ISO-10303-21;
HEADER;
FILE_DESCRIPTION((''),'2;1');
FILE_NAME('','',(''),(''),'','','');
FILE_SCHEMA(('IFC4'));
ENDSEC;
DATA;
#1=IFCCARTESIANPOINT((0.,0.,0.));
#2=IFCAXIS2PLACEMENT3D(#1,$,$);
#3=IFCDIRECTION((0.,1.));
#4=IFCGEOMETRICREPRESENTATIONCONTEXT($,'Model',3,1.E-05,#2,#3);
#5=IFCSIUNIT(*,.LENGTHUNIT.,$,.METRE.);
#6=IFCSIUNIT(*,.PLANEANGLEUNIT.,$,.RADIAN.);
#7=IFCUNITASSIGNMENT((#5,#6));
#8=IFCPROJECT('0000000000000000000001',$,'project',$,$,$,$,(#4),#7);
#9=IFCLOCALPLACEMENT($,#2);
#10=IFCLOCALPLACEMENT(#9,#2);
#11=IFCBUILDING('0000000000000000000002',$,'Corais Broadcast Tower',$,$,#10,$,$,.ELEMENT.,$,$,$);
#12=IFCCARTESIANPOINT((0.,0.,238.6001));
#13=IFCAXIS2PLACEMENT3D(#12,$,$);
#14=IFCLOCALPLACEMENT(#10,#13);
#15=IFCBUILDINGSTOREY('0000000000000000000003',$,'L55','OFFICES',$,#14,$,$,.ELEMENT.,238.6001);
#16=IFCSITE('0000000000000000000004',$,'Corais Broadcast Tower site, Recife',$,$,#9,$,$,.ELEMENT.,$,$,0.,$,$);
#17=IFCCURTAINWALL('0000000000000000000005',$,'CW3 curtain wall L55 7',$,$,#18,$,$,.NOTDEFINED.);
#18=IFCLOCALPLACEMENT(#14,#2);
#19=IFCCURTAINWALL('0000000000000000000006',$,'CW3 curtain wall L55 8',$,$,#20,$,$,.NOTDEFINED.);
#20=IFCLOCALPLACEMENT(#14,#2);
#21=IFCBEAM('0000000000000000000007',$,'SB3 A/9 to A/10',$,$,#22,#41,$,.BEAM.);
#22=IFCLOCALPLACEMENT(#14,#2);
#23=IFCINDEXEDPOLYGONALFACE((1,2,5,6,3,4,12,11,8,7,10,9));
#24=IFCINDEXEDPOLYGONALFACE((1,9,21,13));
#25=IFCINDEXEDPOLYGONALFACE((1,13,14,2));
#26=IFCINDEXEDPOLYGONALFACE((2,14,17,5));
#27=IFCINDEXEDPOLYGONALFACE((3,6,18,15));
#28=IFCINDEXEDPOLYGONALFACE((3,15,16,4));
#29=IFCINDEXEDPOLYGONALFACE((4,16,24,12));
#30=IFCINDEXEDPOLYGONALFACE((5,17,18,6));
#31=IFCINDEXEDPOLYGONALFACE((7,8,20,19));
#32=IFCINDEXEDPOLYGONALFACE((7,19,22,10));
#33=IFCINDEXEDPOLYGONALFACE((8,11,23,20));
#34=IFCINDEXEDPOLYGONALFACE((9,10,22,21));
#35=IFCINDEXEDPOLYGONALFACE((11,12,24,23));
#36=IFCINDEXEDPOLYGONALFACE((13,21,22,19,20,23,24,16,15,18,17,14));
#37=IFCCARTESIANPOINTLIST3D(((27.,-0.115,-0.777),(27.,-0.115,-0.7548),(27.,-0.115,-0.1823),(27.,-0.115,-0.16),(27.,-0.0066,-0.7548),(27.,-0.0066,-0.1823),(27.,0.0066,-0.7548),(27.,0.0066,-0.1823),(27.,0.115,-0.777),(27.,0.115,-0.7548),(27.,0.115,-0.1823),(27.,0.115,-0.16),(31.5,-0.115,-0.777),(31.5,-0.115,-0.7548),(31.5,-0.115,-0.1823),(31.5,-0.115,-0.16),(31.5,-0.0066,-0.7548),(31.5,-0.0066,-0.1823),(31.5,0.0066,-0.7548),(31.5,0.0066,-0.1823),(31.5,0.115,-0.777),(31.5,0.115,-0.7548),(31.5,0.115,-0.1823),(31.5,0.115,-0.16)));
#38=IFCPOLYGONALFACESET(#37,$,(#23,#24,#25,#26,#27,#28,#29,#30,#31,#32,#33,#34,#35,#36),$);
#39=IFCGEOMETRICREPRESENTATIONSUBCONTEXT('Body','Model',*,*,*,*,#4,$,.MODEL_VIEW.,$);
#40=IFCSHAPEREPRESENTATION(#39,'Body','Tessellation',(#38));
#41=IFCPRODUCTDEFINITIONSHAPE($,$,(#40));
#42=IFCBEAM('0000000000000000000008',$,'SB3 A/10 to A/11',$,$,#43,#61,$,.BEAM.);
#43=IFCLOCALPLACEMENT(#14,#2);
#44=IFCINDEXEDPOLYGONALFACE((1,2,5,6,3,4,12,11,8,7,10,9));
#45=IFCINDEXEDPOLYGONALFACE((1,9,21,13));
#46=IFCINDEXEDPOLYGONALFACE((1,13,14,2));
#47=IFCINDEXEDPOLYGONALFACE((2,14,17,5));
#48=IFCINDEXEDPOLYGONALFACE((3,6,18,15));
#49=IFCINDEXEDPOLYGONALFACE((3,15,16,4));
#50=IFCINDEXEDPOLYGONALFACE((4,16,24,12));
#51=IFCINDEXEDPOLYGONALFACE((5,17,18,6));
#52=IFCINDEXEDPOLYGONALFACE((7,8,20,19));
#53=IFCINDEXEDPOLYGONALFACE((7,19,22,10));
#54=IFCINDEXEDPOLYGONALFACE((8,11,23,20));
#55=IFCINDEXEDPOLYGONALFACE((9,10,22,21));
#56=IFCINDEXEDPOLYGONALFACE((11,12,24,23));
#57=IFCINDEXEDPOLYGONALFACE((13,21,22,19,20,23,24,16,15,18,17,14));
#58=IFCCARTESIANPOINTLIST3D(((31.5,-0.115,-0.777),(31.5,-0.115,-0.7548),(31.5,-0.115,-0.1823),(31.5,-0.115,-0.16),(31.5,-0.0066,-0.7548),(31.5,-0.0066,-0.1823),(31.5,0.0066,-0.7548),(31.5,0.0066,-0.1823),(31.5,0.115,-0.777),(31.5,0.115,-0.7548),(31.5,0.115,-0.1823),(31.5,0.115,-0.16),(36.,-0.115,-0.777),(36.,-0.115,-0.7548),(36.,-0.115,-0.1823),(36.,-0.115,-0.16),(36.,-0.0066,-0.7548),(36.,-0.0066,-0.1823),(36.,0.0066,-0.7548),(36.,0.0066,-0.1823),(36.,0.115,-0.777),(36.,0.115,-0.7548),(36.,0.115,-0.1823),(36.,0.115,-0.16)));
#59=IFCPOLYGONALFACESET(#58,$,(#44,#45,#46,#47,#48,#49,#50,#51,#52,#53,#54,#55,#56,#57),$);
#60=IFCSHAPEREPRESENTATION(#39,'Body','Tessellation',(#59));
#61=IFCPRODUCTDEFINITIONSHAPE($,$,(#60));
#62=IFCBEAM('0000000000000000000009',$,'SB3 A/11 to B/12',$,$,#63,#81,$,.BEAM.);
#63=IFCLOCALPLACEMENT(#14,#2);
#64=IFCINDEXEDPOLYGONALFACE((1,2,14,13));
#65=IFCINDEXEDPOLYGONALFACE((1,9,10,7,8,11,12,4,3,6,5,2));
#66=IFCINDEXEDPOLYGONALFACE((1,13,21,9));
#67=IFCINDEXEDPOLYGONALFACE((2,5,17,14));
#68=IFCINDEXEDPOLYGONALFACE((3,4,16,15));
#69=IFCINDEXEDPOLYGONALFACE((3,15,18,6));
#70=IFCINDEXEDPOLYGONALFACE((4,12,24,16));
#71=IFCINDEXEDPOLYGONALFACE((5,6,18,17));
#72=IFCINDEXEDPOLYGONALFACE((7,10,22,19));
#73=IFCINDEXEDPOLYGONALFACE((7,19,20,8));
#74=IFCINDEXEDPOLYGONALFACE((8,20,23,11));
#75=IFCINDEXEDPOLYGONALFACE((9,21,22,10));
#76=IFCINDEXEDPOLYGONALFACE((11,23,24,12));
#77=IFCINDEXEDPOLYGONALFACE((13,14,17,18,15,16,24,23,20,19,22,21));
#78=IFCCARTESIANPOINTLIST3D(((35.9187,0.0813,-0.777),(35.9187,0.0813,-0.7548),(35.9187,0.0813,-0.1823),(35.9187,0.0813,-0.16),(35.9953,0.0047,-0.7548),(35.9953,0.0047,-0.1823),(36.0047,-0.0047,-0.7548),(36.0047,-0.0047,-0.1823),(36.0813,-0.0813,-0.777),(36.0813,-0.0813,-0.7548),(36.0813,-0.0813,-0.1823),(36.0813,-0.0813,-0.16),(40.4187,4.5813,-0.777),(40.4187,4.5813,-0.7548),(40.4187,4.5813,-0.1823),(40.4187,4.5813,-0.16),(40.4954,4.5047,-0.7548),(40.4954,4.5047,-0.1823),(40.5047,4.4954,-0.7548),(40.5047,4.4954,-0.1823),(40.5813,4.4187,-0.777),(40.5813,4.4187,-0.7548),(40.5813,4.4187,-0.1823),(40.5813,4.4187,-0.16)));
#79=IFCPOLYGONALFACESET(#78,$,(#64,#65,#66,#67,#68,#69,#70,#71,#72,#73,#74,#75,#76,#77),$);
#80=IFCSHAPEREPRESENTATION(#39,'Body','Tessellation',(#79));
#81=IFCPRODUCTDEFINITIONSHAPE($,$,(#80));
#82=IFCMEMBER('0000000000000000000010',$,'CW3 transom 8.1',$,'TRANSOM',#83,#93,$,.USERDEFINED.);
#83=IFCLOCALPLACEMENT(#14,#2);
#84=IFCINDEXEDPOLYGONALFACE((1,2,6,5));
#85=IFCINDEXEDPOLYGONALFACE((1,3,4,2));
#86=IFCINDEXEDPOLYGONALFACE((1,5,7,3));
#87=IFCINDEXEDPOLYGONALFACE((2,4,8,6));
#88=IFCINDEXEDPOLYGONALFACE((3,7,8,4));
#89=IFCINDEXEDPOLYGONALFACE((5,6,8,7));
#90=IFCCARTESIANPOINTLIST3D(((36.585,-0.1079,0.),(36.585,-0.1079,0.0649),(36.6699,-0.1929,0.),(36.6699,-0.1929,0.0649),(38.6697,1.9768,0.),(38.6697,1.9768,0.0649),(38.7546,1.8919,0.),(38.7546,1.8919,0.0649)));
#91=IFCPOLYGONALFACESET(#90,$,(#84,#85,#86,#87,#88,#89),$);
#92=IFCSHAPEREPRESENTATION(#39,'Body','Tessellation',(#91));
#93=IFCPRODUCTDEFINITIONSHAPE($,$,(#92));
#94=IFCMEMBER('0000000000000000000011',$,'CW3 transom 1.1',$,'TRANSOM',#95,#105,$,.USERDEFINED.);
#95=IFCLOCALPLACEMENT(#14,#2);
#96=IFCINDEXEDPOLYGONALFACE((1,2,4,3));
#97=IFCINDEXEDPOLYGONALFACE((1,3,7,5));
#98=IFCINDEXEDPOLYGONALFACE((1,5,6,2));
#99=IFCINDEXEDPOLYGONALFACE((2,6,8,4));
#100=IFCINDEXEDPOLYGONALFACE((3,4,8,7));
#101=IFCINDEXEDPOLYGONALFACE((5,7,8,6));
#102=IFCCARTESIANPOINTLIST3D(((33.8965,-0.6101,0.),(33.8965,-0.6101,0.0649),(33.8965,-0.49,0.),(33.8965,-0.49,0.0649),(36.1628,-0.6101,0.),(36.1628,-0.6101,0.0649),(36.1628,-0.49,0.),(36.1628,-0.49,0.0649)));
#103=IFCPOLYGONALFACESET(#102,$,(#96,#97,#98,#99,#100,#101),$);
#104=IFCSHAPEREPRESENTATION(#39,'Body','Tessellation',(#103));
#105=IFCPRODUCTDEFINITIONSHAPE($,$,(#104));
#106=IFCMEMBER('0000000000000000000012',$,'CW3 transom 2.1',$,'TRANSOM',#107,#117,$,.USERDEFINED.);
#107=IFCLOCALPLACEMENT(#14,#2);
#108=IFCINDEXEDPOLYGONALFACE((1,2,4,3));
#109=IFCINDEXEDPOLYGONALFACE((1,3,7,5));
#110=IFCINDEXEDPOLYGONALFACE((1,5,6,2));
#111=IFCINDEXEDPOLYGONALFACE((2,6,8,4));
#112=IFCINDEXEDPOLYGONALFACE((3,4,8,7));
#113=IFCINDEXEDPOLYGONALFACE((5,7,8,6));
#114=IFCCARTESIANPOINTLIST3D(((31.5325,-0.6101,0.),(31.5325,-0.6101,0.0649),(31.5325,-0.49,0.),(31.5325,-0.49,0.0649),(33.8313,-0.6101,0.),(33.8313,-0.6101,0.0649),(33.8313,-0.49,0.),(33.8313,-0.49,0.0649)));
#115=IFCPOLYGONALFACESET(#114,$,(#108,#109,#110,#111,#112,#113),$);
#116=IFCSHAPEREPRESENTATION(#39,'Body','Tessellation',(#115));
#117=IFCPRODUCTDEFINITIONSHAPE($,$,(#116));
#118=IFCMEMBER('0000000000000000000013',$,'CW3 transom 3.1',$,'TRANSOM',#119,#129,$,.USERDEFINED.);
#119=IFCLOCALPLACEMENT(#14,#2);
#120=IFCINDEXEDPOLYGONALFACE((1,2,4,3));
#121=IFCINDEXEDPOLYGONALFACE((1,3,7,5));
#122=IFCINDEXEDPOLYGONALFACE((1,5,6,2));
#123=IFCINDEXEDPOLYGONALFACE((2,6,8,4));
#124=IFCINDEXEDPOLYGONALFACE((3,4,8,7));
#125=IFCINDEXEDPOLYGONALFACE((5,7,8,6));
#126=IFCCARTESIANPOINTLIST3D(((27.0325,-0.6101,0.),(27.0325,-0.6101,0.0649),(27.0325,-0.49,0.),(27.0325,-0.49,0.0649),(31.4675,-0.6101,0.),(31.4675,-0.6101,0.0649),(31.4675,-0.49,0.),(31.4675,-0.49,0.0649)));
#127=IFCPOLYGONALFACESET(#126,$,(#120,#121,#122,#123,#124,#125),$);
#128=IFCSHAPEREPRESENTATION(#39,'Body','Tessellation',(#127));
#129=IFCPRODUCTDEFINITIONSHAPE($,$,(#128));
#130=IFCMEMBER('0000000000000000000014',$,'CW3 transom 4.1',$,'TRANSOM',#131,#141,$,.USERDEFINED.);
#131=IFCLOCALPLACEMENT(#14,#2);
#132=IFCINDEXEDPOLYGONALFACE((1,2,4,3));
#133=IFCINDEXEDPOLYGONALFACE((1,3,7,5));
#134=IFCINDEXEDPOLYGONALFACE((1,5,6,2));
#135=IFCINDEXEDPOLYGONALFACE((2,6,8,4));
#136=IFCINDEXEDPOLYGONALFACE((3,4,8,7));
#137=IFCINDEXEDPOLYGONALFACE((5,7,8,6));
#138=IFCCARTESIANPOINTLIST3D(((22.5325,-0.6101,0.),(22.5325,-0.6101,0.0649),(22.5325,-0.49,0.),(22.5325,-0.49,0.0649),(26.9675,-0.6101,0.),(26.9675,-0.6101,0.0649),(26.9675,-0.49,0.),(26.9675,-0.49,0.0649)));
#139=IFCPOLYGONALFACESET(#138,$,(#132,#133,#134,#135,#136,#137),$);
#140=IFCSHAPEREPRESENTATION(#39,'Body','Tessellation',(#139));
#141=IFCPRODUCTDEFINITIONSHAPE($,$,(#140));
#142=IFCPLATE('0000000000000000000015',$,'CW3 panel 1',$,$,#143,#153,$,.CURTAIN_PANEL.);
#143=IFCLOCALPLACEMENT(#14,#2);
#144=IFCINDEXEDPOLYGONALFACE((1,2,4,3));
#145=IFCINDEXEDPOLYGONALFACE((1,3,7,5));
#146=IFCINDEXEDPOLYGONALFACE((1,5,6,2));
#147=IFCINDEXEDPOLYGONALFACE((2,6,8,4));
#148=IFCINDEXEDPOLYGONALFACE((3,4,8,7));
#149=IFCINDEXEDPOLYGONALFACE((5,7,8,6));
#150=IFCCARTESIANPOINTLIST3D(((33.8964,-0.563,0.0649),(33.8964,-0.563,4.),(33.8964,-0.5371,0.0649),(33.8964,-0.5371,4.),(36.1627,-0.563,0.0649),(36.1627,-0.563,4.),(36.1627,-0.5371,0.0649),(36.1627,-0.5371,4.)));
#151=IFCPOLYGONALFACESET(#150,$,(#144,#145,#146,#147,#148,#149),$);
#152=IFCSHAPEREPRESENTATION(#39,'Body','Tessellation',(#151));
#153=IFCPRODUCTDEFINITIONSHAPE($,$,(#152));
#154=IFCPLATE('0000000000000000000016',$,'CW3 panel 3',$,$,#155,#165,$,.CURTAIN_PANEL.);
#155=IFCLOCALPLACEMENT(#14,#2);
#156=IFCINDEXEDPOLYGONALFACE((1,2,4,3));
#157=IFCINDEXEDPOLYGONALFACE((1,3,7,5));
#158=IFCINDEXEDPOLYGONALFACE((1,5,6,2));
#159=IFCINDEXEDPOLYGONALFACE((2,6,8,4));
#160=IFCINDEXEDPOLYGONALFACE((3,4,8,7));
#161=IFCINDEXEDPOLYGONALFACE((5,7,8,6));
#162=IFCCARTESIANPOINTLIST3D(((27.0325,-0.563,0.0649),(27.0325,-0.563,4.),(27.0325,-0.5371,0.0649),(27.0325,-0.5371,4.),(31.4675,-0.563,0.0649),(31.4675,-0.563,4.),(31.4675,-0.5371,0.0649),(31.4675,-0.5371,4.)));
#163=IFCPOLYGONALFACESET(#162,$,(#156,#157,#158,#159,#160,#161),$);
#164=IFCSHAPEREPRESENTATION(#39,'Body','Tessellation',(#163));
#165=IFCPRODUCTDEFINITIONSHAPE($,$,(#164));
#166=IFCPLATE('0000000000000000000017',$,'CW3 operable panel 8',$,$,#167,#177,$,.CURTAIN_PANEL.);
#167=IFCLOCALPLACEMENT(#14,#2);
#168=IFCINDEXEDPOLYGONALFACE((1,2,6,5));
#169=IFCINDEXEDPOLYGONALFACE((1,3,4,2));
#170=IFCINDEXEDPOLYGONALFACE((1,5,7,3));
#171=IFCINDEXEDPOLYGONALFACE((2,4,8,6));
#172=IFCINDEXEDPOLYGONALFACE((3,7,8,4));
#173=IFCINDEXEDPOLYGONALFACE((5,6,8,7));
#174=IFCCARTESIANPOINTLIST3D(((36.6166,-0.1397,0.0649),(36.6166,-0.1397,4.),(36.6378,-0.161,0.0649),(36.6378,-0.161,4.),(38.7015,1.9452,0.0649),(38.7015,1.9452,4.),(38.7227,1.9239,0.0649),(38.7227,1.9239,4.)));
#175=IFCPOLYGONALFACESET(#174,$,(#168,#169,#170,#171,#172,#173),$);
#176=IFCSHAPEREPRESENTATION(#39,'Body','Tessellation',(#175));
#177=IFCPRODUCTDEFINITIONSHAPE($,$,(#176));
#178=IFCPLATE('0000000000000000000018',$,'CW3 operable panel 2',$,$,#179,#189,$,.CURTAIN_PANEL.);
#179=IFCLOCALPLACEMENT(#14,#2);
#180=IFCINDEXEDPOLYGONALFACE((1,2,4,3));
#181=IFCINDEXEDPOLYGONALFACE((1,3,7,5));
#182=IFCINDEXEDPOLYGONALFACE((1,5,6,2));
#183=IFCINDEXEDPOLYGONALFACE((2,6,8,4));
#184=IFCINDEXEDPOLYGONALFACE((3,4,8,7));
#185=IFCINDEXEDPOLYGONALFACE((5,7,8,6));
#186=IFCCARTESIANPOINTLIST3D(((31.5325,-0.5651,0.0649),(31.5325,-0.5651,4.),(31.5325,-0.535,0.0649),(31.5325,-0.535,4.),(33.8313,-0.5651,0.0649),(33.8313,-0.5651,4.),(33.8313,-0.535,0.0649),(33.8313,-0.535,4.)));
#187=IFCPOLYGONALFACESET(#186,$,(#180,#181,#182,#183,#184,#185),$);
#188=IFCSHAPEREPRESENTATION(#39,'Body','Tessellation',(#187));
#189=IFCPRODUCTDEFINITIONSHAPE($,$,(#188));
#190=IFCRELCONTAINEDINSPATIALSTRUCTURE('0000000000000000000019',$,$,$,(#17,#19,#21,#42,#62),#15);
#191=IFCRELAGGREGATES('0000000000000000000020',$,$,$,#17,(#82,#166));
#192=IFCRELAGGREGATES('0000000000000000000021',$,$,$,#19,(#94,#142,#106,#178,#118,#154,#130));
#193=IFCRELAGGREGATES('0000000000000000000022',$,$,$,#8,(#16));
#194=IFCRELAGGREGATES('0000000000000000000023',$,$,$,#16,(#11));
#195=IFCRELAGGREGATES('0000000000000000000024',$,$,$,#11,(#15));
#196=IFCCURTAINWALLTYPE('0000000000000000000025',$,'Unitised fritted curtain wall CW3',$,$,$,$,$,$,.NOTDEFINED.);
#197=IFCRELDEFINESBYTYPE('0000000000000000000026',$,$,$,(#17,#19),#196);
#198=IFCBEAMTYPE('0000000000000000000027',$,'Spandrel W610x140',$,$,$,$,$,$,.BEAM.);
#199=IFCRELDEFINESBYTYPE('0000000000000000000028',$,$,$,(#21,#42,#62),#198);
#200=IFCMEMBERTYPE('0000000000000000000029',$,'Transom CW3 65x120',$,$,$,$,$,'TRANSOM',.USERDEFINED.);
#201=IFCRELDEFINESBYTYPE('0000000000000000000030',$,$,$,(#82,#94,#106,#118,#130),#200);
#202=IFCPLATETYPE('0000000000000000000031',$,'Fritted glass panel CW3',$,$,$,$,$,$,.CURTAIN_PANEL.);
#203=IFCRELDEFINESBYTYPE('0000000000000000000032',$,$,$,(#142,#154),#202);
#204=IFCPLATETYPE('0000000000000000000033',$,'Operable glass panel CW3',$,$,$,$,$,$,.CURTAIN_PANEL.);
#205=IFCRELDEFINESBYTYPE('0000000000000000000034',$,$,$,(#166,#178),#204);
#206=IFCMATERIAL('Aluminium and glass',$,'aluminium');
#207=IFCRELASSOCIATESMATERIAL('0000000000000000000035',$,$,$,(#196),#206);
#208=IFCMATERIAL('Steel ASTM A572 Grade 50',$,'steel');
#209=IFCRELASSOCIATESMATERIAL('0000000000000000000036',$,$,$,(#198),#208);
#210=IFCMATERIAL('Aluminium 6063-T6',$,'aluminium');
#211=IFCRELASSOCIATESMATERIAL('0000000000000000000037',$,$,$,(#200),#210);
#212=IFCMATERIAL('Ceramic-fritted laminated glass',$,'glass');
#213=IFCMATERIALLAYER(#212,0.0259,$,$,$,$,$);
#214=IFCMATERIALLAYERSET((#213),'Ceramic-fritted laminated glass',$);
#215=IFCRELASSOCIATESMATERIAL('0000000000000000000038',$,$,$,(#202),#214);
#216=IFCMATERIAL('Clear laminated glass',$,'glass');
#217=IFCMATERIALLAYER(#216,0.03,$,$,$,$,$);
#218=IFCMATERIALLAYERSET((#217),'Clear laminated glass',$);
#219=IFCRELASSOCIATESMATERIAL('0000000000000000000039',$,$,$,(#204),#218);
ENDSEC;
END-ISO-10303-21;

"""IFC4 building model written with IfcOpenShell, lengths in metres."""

from ifc_helpers import new_model, si_unit, direction, frame, origin, origin_2d, place, context, subcontext, project, spatial, rectangle, i_section, extrude, material, layer, layer_set, material_profile, profile_set, type_object, element, aggregate, save


model = new_model("IFC4")

# Units and contexts
model_context = context("Model", 3, precision=1e-05, world=origin(), true_north=direction((0.0, 1.0)))
body_context = subcontext(model_context, "Body", "Model", "MODEL_VIEW")
ifc_project = project(units=[si_unit("LENGTHUNIT", "METRE"), si_unit("PLANEANGLEUNIT", "RADIAN")], contexts=[model_context])

# Site, building, storey
site_placement = place(None, origin())
site = spatial("IfcSite", under=ifc_project, at=site_placement, Name="Corais Broadcast Tower site, Recife", CompositionType="ELEMENT", RefElevation=0.0)
building_placement = place(site_placement, origin())
building = spatial("IfcBuilding", under=site, at=building_placement, Name="Corais Broadcast Tower", CompositionType="ELEMENT")
storey_placement = place(building_placement, frame((0.0, 0.0, 238.6001)))
storey = spatial("IfcBuildingStorey", under=building, at=storey_placement, Name="L55", Description="OFFICES", CompositionType="ELEMENT", Elevation=238.6001)

# Curtain walls
ifc_material_1 = material(Name="Aluminium and glass", Category="aluminium")
curtain_wall_type = type_object("IfcCurtainWallType", Name="Unitised fritted curtain wall CW3", PredefinedType="NOTDEFINED", material=ifc_material_1)
curtain_wall_1_placement = place(storey_placement, origin())
curtain_wall_1 = element("IfcCurtainWall", 1, at=curtain_wall_1_placement, inside=storey, type_object=curtain_wall_type, Name="CW3 curtain wall L55 7", PredefinedType="NOTDEFINED")
curtain_wall_2_placement = place(storey_placement, origin())
curtain_wall_2 = element("IfcCurtainWall", 2, at=curtain_wall_2_placement, inside=storey, type_object=curtain_wall_type, Name="CW3 curtain wall L55 8", PredefinedType="NOTDEFINED")

# Beams
ifc_material_2 = material(Name="Steel ASTM A572 Grade 50", Category="steel")
ifc_material_profile_1 = material_profile(ifc_material_2, i_section(OverallWidth=0.23, OverallDepth=0.6169, WebThickness=0.0132, FlangeThickness=0.0222, at=origin_2d()), Name="W610x140")
ifc_profile_set_1 = profile_set([ifc_material_profile_1], Name="Steel ASTM A572 Grade 50")
beam_type_1 = type_object("IfcBeamType", Name="Spandrel W610x140", PredefinedType="BEAM", material=ifc_profile_set_1)
for number, where, z_axis, x_axis, name in (
    (3, (27.0, 0.0, -0.4685), (1.0, 0.0, 0.0), (0.0, 1.0, 0.0), "SB3 A/9 to A/10"),
    (4, (31.5, 0.0, -0.4685), (1.0, 0.0, 0.0), (0.0, 1.0, 0.0), "SB3 A/10 to A/11"),
):
    element("IfcBeam", number, at=place(storey_placement, frame(where, z_axis=z_axis, x_axis=x_axis)), inside=storey, type_object=beam_type_1, Name=name, PredefinedType="BEAM", context=body_context, shape_type="SweptSolid", body=[
        extrude(i_section(OverallWidth=0.23, OverallDepth=0.6169, WebThickness=0.0132, FlangeThickness=0.0222, at=origin_2d()), origin(), (0.0, 0.0, 1.0), 4.5),
    ])
beam_placement = place(storey_placement, frame((36.0, 0.0, -0.4685), z_axis=(0.707107, 0.707107, 0.0), x_axis=(-0.707107, 0.707107, 0.0)))
element("IfcBeam", 5, at=beam_placement, inside=storey, type_object=beam_type_1, Name="SB3 A/11 to B/12", PredefinedType="BEAM", context=body_context, shape_type="SweptSolid", body=[
    extrude(i_section(OverallWidth=0.23, OverallDepth=0.6169, WebThickness=0.0132, FlangeThickness=0.0222, at=origin_2d()), origin(), (0.0, 0.0, 1.0), 6.364),
])

# Members
ifc_material_3 = material(Name="Aluminium 6063-T6", Category="aluminium")
ifc_material_profile_2 = material_profile(ifc_material_3, rectangle(XDim=0.1201, YDim=0.0649, at=origin_2d()), Name="Transom CW3 65x120")
ifc_profile_set_2 = profile_set([ifc_material_profile_2], Name="Aluminium 6063-T6")
member_type_1 = type_object("IfcMemberType", Name="Transom CW3 65x120", ElementType="TRANSOM", PredefinedType="USERDEFINED", material=ifc_profile_set_2)
member_1_placement = place(storey_placement, frame((38.7122, 1.9343, 0.0325), z_axis=(-0.707107, -0.707107, 0.0), x_axis=(0.707107, -0.707107, 0.0)))
member_1 = element("IfcMember", 6, at=member_1_placement, type_object=member_type_1, Name="CW3 transom 8.1", ObjectType="TRANSOM", PredefinedType="USERDEFINED", context=body_context, shape_type="SweptSolid", body=[
    extrude(rectangle(XDim=0.1201, YDim=0.0649, at=origin_2d()), origin(), (0.0, 0.0, 1.0), 2.9482),
])
member_2_placement = place(storey_placement, frame((36.1628, -0.55, 0.0325), z_axis=(-1.0, 0.0, 0.0), x_axis=(0.0, -1.0, 0.0)))
member_2 = element("IfcMember", 7, at=member_2_placement, type_object=member_type_1, Name="CW3 transom 1.1", ObjectType="TRANSOM", PredefinedType="USERDEFINED", context=body_context, shape_type="SweptSolid", body=[
    extrude(rectangle(XDim=0.1201, YDim=0.0649, at=origin_2d()), origin(), (0.0, 0.0, 1.0), 2.2664),
])
member_3_placement = place(storey_placement, frame((33.8313, -0.55, 0.0325), z_axis=(-1.0, 0.0, 0.0), x_axis=(0.0, -1.0, 0.0)))
member_3 = element("IfcMember", 8, at=member_3_placement, type_object=member_type_1, Name="CW3 transom 2.1", ObjectType="TRANSOM", PredefinedType="USERDEFINED", context=body_context, shape_type="SweptSolid", body=[
    extrude(rectangle(XDim=0.1201, YDim=0.0649, at=origin_2d()), origin(), (0.0, 0.0, 1.0), 2.2988),
])
member_4_placement = place(storey_placement, frame((31.4675, -0.55, 0.0325), z_axis=(-1.0, 0.0, 0.0), x_axis=(0.0, -1.0, 0.0)))
member_4 = element("IfcMember", 9, at=member_4_placement, type_object=member_type_1, Name="CW3 transom 3.1", ObjectType="TRANSOM", PredefinedType="USERDEFINED", context=body_context, shape_type="SweptSolid", body=[
    extrude(rectangle(XDim=0.1201, YDim=0.0649, at=origin_2d()), origin(), (0.0, 0.0, 1.0), 4.4351),
])
member_5_placement = place(storey_placement, frame((26.9675, -0.55, 0.0325), z_axis=(-1.0, 0.0, 0.0), x_axis=(0.0, -1.0, 0.0)))
member_5 = element("IfcMember", 10, at=member_5_placement, type_object=member_type_1, Name="CW3 transom 4.1", ObjectType="TRANSOM", PredefinedType="USERDEFINED", context=body_context, shape_type="SweptSolid", body=[
    extrude(rectangle(XDim=0.1201, YDim=0.0649, at=origin_2d()), origin(), (0.0, 0.0, 1.0), 4.4351),
])

# Plates
ifc_material_4 = material(Name="Ceramic-fritted laminated glass", Category="glass")
ifc_layer_1 = layer(ifc_material_4, 0.0259)
ifc_layer_set_1 = layer_set([ifc_layer_1], Name="Ceramic-fritted laminated glass")
plate_type_1 = type_object("IfcPlateType", Name="Fritted glass panel CW3", PredefinedType="CURTAIN_PANEL", material=ifc_layer_set_1)
plate_1_placement = place(storey_placement, frame((35.0295, -0.55, 0.0649), z_axis=(0.0, 0.0, 1.0), x_axis=(-1.0, 0.0, 0.0)))
plate_1 = element("IfcPlate", 11, at=plate_1_placement, type_object=plate_type_1, Name="CW3 panel 1", PredefinedType="CURTAIN_PANEL", context=body_context, shape_type="SweptSolid", body=[
    extrude(rectangle(XDim=2.2664, YDim=0.0259, at=origin_2d()), origin(), (0.0, 0.0, 1.0), 3.9351),
])
plate_2_placement = place(storey_placement, frame((29.25, -0.55, 0.0649), z_axis=(0.0, 0.0, 1.0), x_axis=(-1.0, 0.0, 0.0)))
plate_2 = element("IfcPlate", 12, at=plate_2_placement, type_object=plate_type_1, Name="CW3 panel 3", PredefinedType="CURTAIN_PANEL", context=body_context, shape_type="SweptSolid", body=[
    extrude(rectangle(XDim=4.4351, YDim=0.0259, at=origin_2d()), origin(), (0.0, 0.0, 1.0), 3.9351),
])
ifc_material_5 = material(Name="Clear laminated glass", Category="glass")
ifc_layer_2 = layer(ifc_material_5, 0.03)
ifc_layer_set_2 = layer_set([ifc_layer_2], Name="Clear laminated glass")
plate_type_2 = type_object("IfcPlateType", Name="Operable glass panel CW3", PredefinedType="CURTAIN_PANEL", material=ifc_layer_set_2)
plate_3_placement = place(storey_placement, frame((37.6697, 0.8921, 0.0649), z_axis=(0.0, 0.0, 1.0), x_axis=(-0.707107, -0.707107, 0.0)))
plate_3 = element("IfcPlate", 13, at=plate_3_placement, type_object=plate_type_2, Name="CW3 operable panel 8", PredefinedType="CURTAIN_PANEL", context=body_context, shape_type="SweptSolid", body=[
    extrude(rectangle(XDim=2.9485, YDim=0.03, at=origin_2d()), origin(), (0.0, 0.0, 1.0), 3.9351),
])
aggregate(curtain_wall_1, [member_1, plate_3])
plate_4_placement = place(storey_placement, frame((32.6819, -0.55, 0.0649), z_axis=(0.0, 0.0, 1.0), x_axis=(-1.0, 0.0, 0.0)))
plate_4 = element("IfcPlate", 14, at=plate_4_placement, type_object=plate_type_2, Name="CW3 operable panel 2", PredefinedType="CURTAIN_PANEL", context=body_context, shape_type="SweptSolid", body=[
    extrude(rectangle(XDim=2.2988, YDim=0.03, at=origin_2d()), origin(), (0.0, 0.0, 1.0), 3.9351),
])
aggregate(curtain_wall_2, [member_2, plate_1, member_3, plate_4, member_4, plate_2, member_5])

save(model, "model.ifc")
